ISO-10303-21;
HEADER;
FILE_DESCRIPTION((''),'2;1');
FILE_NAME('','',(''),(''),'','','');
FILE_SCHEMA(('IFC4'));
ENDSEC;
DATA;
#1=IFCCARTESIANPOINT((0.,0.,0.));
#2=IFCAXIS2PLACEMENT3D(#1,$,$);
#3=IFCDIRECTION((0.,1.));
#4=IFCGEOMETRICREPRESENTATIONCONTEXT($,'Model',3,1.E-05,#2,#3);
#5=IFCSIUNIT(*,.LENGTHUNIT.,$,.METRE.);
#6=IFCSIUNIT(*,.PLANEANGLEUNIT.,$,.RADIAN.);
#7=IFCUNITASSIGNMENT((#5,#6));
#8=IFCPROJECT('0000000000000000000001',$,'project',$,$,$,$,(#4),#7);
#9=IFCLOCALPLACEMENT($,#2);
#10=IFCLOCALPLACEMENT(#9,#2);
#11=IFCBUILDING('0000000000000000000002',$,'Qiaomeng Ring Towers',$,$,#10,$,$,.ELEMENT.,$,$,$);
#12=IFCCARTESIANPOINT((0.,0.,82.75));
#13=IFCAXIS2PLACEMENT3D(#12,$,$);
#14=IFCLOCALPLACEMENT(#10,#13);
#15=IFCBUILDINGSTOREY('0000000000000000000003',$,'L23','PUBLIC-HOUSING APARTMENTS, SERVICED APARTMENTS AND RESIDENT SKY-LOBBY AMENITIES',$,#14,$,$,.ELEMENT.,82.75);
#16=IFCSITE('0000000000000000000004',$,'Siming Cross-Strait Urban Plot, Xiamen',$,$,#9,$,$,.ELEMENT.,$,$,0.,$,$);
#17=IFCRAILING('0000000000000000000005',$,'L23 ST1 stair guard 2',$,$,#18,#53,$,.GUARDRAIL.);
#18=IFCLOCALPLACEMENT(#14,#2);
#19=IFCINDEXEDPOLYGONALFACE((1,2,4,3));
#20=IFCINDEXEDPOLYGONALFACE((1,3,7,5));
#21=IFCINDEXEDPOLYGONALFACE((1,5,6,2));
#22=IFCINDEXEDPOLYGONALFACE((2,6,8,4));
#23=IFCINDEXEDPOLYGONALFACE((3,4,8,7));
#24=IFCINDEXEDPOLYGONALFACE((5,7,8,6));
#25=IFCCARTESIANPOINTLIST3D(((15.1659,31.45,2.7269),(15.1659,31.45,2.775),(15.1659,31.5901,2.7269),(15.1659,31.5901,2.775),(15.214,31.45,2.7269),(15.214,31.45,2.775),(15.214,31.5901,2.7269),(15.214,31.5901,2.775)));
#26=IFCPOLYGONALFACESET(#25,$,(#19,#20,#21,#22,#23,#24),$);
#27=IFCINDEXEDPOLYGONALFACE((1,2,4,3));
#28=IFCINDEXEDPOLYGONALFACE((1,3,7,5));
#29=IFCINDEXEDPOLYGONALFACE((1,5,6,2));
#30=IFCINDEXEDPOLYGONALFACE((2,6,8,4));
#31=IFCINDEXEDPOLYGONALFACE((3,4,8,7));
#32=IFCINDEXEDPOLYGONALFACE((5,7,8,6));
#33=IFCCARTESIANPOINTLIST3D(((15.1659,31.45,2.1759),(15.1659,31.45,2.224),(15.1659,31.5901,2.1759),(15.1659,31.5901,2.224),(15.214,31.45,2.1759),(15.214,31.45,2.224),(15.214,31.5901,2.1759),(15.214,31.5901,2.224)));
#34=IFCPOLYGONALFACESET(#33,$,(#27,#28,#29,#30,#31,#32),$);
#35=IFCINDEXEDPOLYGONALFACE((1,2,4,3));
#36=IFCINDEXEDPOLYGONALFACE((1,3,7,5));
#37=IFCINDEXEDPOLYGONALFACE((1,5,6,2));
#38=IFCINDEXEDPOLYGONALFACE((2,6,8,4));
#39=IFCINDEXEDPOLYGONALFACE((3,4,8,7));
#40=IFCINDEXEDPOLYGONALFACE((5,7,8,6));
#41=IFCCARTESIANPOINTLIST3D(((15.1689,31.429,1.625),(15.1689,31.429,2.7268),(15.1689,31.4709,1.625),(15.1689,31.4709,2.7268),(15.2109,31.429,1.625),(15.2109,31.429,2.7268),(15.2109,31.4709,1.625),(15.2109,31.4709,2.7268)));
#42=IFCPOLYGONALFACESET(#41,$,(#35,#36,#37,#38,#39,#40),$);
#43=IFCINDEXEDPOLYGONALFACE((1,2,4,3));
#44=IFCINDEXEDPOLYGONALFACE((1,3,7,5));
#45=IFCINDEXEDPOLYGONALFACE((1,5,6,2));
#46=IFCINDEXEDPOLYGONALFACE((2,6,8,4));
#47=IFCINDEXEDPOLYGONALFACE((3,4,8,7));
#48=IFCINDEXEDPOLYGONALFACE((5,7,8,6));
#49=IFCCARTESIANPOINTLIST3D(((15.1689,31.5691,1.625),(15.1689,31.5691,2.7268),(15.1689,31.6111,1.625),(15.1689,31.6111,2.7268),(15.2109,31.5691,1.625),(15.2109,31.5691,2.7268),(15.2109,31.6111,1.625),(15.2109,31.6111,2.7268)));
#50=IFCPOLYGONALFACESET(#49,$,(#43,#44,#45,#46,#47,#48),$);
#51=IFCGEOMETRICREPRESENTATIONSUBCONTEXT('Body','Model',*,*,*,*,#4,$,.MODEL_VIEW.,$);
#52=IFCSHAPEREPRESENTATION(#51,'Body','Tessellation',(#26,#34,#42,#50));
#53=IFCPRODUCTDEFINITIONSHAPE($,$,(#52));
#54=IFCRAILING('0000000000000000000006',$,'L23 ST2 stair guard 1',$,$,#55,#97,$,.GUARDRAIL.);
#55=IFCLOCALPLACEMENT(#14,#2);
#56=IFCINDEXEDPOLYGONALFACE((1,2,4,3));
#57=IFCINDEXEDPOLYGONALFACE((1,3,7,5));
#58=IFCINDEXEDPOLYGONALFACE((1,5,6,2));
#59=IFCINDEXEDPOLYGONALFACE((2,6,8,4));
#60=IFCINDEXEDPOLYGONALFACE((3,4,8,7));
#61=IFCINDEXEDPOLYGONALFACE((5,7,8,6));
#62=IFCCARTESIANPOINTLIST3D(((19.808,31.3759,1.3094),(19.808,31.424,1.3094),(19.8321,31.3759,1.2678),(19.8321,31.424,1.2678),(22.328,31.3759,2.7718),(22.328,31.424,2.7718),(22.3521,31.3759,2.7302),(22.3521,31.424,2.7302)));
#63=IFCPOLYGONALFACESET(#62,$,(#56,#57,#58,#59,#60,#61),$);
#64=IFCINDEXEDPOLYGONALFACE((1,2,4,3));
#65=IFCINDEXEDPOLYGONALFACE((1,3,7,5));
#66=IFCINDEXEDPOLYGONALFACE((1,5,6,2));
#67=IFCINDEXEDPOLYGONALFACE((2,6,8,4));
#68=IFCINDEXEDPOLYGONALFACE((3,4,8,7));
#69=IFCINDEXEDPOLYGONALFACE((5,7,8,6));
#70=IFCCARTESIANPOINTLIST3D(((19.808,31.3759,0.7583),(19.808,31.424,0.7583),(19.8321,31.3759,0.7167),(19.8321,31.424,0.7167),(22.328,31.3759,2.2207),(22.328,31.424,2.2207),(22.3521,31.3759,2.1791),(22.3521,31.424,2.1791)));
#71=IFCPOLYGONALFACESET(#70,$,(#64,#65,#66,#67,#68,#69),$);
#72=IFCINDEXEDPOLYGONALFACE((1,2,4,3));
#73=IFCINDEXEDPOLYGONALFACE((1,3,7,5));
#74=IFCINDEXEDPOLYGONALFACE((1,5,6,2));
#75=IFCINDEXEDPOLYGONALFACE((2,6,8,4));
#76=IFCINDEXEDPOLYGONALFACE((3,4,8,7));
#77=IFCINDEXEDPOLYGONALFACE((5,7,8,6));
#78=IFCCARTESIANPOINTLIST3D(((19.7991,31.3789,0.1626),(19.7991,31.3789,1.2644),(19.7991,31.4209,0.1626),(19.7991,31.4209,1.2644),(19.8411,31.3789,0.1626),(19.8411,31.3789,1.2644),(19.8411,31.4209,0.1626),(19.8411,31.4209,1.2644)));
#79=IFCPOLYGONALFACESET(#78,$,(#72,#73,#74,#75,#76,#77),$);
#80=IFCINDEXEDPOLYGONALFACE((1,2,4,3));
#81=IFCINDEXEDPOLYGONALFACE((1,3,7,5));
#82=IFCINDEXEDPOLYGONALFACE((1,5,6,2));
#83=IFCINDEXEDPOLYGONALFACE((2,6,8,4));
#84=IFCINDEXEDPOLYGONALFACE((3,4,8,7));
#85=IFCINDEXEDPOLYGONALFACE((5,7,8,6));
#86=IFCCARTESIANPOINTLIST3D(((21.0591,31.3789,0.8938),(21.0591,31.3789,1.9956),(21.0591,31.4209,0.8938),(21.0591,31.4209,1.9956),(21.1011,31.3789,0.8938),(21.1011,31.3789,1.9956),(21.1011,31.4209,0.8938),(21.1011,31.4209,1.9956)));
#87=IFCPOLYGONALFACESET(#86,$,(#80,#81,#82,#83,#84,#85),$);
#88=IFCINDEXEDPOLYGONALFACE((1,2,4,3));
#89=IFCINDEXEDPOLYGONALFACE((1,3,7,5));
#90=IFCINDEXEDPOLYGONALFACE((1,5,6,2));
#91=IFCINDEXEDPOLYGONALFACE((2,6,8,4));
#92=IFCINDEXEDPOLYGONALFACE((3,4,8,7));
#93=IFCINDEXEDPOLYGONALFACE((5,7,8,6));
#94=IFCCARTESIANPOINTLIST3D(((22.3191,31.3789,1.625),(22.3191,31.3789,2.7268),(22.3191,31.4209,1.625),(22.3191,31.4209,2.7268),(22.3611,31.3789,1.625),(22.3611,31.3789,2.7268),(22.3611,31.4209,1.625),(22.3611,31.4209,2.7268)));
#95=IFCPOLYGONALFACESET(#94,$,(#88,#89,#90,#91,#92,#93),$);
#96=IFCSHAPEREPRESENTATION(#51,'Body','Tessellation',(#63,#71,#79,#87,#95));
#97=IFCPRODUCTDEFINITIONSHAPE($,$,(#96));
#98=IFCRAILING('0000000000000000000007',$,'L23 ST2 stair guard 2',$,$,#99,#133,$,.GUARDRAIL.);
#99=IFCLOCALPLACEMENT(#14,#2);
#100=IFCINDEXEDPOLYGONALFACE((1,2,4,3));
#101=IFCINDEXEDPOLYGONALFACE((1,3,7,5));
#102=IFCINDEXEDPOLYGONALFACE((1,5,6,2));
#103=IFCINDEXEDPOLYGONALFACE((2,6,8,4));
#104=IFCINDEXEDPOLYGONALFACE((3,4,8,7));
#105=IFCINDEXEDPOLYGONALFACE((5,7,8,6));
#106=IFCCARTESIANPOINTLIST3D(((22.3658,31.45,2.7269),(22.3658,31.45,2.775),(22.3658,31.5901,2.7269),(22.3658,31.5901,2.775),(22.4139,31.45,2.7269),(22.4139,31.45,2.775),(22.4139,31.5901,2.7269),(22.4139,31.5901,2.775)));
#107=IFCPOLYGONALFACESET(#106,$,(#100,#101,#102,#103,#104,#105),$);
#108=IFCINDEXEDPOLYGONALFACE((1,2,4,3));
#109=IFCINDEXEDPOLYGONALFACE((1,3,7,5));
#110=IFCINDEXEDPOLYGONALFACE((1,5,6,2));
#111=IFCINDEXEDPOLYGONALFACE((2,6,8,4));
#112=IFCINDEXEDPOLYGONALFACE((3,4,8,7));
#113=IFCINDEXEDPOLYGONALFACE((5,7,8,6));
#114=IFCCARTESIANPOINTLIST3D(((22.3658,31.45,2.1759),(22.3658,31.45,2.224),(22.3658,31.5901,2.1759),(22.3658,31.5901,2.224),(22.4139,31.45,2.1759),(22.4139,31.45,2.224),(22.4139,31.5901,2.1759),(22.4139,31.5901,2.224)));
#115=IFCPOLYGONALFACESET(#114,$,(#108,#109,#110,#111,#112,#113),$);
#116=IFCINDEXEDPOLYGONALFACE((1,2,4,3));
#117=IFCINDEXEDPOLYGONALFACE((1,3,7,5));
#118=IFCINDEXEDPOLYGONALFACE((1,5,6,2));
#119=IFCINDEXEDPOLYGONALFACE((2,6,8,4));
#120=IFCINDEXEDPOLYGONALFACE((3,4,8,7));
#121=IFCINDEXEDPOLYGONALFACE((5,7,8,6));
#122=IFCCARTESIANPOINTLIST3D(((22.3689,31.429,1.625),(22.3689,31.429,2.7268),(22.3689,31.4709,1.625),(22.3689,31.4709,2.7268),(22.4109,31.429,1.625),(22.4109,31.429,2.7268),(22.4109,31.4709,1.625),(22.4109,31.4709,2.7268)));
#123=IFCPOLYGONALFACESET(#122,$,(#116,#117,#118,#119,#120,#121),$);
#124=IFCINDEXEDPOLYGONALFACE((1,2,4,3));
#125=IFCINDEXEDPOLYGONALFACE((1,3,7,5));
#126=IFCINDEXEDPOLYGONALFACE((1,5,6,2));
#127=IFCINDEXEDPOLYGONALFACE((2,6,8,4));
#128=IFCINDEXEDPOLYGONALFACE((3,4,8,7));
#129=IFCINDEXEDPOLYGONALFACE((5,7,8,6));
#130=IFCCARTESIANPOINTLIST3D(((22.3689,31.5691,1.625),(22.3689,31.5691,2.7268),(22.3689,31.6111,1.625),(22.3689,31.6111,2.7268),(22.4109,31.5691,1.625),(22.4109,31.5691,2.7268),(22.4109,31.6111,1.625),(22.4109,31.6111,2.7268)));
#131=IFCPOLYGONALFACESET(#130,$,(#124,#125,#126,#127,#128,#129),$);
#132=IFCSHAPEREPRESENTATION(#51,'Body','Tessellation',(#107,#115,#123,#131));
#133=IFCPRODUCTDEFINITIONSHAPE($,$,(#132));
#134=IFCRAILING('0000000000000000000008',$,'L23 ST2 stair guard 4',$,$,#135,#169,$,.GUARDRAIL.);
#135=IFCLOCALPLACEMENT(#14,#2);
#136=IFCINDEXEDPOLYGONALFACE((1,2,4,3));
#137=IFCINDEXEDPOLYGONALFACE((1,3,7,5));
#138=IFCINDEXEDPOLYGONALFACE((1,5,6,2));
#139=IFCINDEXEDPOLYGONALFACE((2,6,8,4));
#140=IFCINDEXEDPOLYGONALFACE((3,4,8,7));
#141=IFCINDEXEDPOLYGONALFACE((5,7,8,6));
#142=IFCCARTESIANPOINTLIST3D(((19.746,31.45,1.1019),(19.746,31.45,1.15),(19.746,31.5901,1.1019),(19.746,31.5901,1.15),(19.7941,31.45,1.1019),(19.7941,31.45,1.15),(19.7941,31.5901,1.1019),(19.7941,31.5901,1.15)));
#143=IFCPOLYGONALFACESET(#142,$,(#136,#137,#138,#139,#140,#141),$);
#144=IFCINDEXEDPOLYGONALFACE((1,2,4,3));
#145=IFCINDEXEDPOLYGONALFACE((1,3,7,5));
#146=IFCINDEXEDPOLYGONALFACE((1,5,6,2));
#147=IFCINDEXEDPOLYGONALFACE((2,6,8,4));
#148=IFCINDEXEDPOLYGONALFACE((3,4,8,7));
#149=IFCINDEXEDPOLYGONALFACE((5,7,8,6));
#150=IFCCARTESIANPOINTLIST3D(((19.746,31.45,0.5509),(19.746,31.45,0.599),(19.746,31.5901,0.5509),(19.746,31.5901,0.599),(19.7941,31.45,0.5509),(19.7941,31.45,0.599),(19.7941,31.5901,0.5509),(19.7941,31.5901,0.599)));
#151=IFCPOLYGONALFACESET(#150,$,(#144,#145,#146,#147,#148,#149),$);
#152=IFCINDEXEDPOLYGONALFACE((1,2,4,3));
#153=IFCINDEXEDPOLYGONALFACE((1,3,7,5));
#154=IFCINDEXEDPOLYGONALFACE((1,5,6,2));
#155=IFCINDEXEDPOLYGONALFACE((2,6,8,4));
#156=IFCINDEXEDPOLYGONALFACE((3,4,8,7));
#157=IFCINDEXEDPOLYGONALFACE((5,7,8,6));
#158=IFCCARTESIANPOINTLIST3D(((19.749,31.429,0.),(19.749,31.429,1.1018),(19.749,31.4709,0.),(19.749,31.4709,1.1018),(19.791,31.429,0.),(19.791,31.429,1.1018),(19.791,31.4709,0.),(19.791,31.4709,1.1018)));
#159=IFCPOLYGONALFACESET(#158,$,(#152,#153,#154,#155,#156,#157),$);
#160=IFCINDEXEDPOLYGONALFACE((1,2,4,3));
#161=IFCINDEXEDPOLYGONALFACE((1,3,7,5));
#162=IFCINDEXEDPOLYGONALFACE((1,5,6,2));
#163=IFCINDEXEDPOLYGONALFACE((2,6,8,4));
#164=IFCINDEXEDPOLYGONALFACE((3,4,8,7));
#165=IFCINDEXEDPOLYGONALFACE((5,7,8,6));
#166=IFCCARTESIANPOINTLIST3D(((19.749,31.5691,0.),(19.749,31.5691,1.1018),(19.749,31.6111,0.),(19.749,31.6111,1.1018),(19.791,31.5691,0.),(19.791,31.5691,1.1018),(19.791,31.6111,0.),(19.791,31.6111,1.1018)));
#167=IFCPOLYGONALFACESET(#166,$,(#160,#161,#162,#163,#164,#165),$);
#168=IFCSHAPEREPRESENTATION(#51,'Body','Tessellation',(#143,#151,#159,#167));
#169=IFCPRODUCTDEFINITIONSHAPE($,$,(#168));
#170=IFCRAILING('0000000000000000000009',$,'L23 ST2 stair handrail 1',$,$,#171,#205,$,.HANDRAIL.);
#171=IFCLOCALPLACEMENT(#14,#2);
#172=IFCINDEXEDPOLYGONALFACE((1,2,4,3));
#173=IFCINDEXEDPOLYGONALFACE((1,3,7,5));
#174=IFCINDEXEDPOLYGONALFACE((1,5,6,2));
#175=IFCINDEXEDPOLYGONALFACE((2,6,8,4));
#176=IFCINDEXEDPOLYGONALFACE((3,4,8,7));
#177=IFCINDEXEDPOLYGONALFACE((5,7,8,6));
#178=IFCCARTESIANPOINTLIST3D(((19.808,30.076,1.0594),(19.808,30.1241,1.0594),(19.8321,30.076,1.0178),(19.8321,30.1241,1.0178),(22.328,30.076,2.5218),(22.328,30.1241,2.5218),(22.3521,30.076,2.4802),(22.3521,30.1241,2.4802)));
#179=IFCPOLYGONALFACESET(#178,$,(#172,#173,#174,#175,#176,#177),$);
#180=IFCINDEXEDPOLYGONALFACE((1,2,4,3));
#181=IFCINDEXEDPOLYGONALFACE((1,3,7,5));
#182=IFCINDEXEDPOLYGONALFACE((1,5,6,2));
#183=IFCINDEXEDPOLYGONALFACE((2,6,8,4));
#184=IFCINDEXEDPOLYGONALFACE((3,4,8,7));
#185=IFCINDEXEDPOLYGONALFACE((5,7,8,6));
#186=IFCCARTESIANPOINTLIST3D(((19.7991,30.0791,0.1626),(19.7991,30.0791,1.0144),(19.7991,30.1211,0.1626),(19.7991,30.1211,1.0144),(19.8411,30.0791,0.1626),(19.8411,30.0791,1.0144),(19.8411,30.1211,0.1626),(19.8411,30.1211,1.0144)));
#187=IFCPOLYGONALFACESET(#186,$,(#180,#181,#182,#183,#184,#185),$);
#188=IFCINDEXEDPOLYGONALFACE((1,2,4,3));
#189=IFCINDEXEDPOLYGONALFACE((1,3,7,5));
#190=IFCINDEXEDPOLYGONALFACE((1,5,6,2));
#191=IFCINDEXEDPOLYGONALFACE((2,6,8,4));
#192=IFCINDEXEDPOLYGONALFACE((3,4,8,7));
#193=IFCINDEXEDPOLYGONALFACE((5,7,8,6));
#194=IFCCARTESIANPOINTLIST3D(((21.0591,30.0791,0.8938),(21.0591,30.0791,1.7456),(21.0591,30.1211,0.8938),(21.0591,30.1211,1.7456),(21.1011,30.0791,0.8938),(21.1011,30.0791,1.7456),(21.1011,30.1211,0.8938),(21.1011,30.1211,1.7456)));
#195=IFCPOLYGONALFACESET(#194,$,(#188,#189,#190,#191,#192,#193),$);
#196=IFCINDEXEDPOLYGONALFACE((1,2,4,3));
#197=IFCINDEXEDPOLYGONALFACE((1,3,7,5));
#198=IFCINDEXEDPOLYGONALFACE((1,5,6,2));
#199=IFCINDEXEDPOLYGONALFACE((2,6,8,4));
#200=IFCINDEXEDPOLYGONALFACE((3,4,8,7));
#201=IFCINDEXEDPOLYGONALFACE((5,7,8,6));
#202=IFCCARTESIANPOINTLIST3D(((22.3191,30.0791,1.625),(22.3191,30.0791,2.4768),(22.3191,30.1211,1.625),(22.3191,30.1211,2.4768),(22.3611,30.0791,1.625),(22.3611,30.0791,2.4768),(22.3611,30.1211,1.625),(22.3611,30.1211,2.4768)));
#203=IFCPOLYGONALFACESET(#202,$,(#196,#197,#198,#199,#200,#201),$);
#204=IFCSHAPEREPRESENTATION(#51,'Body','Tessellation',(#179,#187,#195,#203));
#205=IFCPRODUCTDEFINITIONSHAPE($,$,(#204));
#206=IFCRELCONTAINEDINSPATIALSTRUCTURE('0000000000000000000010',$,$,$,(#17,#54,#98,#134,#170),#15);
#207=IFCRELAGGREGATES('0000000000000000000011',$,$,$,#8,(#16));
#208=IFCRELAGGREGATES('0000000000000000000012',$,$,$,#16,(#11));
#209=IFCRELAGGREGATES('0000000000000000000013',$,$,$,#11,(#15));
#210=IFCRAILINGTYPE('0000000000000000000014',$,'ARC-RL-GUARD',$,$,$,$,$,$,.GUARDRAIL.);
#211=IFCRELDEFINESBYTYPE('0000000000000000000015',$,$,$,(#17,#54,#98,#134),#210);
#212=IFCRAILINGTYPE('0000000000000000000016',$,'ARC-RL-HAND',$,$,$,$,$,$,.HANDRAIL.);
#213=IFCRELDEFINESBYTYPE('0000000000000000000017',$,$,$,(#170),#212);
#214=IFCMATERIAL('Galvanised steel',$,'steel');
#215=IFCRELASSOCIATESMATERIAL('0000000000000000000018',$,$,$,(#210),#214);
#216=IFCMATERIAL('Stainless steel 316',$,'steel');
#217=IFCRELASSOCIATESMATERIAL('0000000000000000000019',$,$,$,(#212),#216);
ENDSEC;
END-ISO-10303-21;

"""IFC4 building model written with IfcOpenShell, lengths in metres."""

from ifc_helpers import new_model, si_unit, direction, frame, origin, origin_2d, place, context, subcontext, project, spatial, rectangle, extrude, material, type_object, element, save


model = new_model("IFC4")

# Units and contexts
model_context = context("Model", 3, precision=1e-05, world=origin(), true_north=direction((0.0, 1.0)))
body_context = subcontext(model_context, "Body", "Model", "MODEL_VIEW")
ifc_project = project(units=[si_unit("LENGTHUNIT", "METRE"), si_unit("PLANEANGLEUNIT", "RADIAN")], contexts=[model_context])

# Site, building, storey
site_placement = place(None, origin())
site = spatial("IfcSite", under=ifc_project, at=site_placement, Name="Siming Cross-Strait Urban Plot, Xiamen", CompositionType="ELEMENT", RefElevation=0.0)
building_placement = place(site_placement, origin())
building = spatial("IfcBuilding", under=site, at=building_placement, Name="Qiaomeng Ring Towers", CompositionType="ELEMENT")
storey_placement = place(building_placement, frame((0.0, 0.0, 82.75)))
storey = spatial("IfcBuildingStorey", under=building, at=storey_placement, Name="L23", Description="PUBLIC-HOUSING APARTMENTS, SERVICED APARTMENTS AND RESIDENT SKY-LOBBY AMENITIES", CompositionType="ELEMENT", Elevation=82.75)

# Shared definitions
ifc_material_1 = material(Name="Stainless steel 316", Category="steel")

# Railings
ifc_material_2 = material(Name="Galvanised steel", Category="steel")
railing_type_1 = type_object("IfcRailingType", Name="ARC-RL-GUARD", PredefinedType="GUARDRAIL", material=ifc_material_2)
railing_1_placement = place(storey_placement, frame((15.1899, 31.45, 1.625)))
element("IfcRailing", 1, at=railing_1_placement, inside=storey, type_object=railing_type_1, Name="L23 ST1 stair guard 2", PredefinedType="GUARDRAIL", context=body_context, shape_type="SweptSolid", body=[
    extrude(rectangle(XDim=0.0481, YDim=0.0481, at=origin_2d()), frame((0.0, 0.0, 1.126), z_axis=(0.0, 1.0, 0.0), x_axis=(-1.0, 0.0, 0.0)), (0.0, 0.0, 1.0), 0.1401),
    extrude(rectangle(XDim=0.0481, YDim=0.0481, at=origin_2d()), frame((0.0, 0.0, 0.575), z_axis=(0.0, 1.0, 0.0), x_axis=(-1.0, 0.0, 0.0)), (0.0, 0.0, 1.0), 0.1401),
    extrude(rectangle(XDim=0.042, YDim=0.042, at=origin_2d()), origin(), (0.0, 0.0, 1.0), 1.1018),
    extrude(rectangle(XDim=0.042, YDim=0.042, at=origin_2d()), frame((0.0, 0.1401, 0.0)), (0.0, 0.0, 1.0), 1.1018),
])
railing_2_placement = place(storey_placement, frame((19.8201, 31.3999, 0.1626)))
element("IfcRailing", 2, at=railing_2_placement, inside=storey, type_object=railing_type_1, Name="L23 ST2 stair guard 1", PredefinedType="GUARDRAIL", context=body_context, shape_type="SweptSolid", body=[
    extrude(rectangle(XDim=0.0481, YDim=0.0481, at=origin_2d()), frame((0.0, 0.0, 1.126), z_axis=(0.864913, 0.0, 0.501921), x_axis=(0.0, 1.0, 0.0)), (0.0, 0.0, 1.0), 2.9136),
    extrude(rectangle(XDim=0.0481, YDim=0.0481, at=origin_2d()), frame((0.0, 0.0, 0.575), z_axis=(0.864913, 0.0, 0.501921), x_axis=(0.0, 1.0, 0.0)), (0.0, 0.0, 1.0), 2.9136),
    extrude(rectangle(XDim=0.042, YDim=0.042, at=origin_2d()), origin(), (0.0, 0.0, 1.0), 1.1018),
    extrude(rectangle(XDim=0.042, YDim=0.042, at=origin_2d()), frame((1.26, 0.0, 0.7312)), (0.0, 0.0, 1.0), 1.1018),
    extrude(rectangle(XDim=0.042, YDim=0.042, at=origin_2d()), frame((2.52, 0.0, 1.4624)), (0.0, 0.0, 1.0), 1.1018),
])
for number, where, name in (
    (3, (22.3899, 31.45, 1.625), "L23 ST2 stair guard 2"),
    (4, (19.77, 31.45, 0.0), "L23 ST2 stair guard 4"),
):
    element("IfcRailing", number, at=place(storey_placement, frame(where)), inside=storey, type_object=railing_type_1, Name=name, PredefinedType="GUARDRAIL", context=body_context, shape_type="SweptSolid", body=[
        extrude(rectangle(XDim=0.0481, YDim=0.0481, at=origin_2d()), frame((0.0, 0.0, 1.126), z_axis=(0.0, 1.0, 0.0), x_axis=(-1.0, 0.0, 0.0)), (0.0, 0.0, 1.0), 0.1401),
        extrude(rectangle(XDim=0.0481, YDim=0.0481, at=origin_2d()), frame((0.0, 0.0, 0.575), z_axis=(0.0, 1.0, 0.0), x_axis=(-1.0, 0.0, 0.0)), (0.0, 0.0, 1.0), 0.1401),
        extrude(rectangle(XDim=0.042, YDim=0.042, at=origin_2d()), origin(), (0.0, 0.0, 1.0), 1.1018),
        extrude(rectangle(XDim=0.042, YDim=0.042, at=origin_2d()), frame((0.0, 0.1401, 0.0)), (0.0, 0.0, 1.0), 1.1018),
    ])
railing_type_2 = type_object("IfcRailingType", Name="ARC-RL-HAND", PredefinedType="HANDRAIL", material=ifc_material_1)
railing_3_placement = place(storey_placement, frame((19.8201, 30.1001, 0.1626)))
element("IfcRailing", 5, at=railing_3_placement, inside=storey, type_object=railing_type_2, Name="L23 ST2 stair handrail 1", PredefinedType="HANDRAIL", context=body_context, shape_type="SweptSolid", body=[
    extrude(rectangle(XDim=0.0481, YDim=0.0481, at=origin_2d()), frame((0.0, 0.0, 0.876), z_axis=(0.864913, 0.0, 0.501921), x_axis=(0.0, 1.0, 0.0)), (0.0, 0.0, 1.0), 2.9136),
    extrude(rectangle(XDim=0.042, YDim=0.042, at=origin_2d()), origin(), (0.0, 0.0, 1.0), 0.8518),
    extrude(rectangle(XDim=0.042, YDim=0.042, at=origin_2d()), frame((1.26, 0.0, 0.7312)), (0.0, 0.0, 1.0), 0.8518),
    extrude(rectangle(XDim=0.042, YDim=0.042, at=origin_2d()), frame((2.52, 0.0, 1.4624)), (0.0, 0.0, 1.0), 0.8518),
])

save(model, "model.ifc")
